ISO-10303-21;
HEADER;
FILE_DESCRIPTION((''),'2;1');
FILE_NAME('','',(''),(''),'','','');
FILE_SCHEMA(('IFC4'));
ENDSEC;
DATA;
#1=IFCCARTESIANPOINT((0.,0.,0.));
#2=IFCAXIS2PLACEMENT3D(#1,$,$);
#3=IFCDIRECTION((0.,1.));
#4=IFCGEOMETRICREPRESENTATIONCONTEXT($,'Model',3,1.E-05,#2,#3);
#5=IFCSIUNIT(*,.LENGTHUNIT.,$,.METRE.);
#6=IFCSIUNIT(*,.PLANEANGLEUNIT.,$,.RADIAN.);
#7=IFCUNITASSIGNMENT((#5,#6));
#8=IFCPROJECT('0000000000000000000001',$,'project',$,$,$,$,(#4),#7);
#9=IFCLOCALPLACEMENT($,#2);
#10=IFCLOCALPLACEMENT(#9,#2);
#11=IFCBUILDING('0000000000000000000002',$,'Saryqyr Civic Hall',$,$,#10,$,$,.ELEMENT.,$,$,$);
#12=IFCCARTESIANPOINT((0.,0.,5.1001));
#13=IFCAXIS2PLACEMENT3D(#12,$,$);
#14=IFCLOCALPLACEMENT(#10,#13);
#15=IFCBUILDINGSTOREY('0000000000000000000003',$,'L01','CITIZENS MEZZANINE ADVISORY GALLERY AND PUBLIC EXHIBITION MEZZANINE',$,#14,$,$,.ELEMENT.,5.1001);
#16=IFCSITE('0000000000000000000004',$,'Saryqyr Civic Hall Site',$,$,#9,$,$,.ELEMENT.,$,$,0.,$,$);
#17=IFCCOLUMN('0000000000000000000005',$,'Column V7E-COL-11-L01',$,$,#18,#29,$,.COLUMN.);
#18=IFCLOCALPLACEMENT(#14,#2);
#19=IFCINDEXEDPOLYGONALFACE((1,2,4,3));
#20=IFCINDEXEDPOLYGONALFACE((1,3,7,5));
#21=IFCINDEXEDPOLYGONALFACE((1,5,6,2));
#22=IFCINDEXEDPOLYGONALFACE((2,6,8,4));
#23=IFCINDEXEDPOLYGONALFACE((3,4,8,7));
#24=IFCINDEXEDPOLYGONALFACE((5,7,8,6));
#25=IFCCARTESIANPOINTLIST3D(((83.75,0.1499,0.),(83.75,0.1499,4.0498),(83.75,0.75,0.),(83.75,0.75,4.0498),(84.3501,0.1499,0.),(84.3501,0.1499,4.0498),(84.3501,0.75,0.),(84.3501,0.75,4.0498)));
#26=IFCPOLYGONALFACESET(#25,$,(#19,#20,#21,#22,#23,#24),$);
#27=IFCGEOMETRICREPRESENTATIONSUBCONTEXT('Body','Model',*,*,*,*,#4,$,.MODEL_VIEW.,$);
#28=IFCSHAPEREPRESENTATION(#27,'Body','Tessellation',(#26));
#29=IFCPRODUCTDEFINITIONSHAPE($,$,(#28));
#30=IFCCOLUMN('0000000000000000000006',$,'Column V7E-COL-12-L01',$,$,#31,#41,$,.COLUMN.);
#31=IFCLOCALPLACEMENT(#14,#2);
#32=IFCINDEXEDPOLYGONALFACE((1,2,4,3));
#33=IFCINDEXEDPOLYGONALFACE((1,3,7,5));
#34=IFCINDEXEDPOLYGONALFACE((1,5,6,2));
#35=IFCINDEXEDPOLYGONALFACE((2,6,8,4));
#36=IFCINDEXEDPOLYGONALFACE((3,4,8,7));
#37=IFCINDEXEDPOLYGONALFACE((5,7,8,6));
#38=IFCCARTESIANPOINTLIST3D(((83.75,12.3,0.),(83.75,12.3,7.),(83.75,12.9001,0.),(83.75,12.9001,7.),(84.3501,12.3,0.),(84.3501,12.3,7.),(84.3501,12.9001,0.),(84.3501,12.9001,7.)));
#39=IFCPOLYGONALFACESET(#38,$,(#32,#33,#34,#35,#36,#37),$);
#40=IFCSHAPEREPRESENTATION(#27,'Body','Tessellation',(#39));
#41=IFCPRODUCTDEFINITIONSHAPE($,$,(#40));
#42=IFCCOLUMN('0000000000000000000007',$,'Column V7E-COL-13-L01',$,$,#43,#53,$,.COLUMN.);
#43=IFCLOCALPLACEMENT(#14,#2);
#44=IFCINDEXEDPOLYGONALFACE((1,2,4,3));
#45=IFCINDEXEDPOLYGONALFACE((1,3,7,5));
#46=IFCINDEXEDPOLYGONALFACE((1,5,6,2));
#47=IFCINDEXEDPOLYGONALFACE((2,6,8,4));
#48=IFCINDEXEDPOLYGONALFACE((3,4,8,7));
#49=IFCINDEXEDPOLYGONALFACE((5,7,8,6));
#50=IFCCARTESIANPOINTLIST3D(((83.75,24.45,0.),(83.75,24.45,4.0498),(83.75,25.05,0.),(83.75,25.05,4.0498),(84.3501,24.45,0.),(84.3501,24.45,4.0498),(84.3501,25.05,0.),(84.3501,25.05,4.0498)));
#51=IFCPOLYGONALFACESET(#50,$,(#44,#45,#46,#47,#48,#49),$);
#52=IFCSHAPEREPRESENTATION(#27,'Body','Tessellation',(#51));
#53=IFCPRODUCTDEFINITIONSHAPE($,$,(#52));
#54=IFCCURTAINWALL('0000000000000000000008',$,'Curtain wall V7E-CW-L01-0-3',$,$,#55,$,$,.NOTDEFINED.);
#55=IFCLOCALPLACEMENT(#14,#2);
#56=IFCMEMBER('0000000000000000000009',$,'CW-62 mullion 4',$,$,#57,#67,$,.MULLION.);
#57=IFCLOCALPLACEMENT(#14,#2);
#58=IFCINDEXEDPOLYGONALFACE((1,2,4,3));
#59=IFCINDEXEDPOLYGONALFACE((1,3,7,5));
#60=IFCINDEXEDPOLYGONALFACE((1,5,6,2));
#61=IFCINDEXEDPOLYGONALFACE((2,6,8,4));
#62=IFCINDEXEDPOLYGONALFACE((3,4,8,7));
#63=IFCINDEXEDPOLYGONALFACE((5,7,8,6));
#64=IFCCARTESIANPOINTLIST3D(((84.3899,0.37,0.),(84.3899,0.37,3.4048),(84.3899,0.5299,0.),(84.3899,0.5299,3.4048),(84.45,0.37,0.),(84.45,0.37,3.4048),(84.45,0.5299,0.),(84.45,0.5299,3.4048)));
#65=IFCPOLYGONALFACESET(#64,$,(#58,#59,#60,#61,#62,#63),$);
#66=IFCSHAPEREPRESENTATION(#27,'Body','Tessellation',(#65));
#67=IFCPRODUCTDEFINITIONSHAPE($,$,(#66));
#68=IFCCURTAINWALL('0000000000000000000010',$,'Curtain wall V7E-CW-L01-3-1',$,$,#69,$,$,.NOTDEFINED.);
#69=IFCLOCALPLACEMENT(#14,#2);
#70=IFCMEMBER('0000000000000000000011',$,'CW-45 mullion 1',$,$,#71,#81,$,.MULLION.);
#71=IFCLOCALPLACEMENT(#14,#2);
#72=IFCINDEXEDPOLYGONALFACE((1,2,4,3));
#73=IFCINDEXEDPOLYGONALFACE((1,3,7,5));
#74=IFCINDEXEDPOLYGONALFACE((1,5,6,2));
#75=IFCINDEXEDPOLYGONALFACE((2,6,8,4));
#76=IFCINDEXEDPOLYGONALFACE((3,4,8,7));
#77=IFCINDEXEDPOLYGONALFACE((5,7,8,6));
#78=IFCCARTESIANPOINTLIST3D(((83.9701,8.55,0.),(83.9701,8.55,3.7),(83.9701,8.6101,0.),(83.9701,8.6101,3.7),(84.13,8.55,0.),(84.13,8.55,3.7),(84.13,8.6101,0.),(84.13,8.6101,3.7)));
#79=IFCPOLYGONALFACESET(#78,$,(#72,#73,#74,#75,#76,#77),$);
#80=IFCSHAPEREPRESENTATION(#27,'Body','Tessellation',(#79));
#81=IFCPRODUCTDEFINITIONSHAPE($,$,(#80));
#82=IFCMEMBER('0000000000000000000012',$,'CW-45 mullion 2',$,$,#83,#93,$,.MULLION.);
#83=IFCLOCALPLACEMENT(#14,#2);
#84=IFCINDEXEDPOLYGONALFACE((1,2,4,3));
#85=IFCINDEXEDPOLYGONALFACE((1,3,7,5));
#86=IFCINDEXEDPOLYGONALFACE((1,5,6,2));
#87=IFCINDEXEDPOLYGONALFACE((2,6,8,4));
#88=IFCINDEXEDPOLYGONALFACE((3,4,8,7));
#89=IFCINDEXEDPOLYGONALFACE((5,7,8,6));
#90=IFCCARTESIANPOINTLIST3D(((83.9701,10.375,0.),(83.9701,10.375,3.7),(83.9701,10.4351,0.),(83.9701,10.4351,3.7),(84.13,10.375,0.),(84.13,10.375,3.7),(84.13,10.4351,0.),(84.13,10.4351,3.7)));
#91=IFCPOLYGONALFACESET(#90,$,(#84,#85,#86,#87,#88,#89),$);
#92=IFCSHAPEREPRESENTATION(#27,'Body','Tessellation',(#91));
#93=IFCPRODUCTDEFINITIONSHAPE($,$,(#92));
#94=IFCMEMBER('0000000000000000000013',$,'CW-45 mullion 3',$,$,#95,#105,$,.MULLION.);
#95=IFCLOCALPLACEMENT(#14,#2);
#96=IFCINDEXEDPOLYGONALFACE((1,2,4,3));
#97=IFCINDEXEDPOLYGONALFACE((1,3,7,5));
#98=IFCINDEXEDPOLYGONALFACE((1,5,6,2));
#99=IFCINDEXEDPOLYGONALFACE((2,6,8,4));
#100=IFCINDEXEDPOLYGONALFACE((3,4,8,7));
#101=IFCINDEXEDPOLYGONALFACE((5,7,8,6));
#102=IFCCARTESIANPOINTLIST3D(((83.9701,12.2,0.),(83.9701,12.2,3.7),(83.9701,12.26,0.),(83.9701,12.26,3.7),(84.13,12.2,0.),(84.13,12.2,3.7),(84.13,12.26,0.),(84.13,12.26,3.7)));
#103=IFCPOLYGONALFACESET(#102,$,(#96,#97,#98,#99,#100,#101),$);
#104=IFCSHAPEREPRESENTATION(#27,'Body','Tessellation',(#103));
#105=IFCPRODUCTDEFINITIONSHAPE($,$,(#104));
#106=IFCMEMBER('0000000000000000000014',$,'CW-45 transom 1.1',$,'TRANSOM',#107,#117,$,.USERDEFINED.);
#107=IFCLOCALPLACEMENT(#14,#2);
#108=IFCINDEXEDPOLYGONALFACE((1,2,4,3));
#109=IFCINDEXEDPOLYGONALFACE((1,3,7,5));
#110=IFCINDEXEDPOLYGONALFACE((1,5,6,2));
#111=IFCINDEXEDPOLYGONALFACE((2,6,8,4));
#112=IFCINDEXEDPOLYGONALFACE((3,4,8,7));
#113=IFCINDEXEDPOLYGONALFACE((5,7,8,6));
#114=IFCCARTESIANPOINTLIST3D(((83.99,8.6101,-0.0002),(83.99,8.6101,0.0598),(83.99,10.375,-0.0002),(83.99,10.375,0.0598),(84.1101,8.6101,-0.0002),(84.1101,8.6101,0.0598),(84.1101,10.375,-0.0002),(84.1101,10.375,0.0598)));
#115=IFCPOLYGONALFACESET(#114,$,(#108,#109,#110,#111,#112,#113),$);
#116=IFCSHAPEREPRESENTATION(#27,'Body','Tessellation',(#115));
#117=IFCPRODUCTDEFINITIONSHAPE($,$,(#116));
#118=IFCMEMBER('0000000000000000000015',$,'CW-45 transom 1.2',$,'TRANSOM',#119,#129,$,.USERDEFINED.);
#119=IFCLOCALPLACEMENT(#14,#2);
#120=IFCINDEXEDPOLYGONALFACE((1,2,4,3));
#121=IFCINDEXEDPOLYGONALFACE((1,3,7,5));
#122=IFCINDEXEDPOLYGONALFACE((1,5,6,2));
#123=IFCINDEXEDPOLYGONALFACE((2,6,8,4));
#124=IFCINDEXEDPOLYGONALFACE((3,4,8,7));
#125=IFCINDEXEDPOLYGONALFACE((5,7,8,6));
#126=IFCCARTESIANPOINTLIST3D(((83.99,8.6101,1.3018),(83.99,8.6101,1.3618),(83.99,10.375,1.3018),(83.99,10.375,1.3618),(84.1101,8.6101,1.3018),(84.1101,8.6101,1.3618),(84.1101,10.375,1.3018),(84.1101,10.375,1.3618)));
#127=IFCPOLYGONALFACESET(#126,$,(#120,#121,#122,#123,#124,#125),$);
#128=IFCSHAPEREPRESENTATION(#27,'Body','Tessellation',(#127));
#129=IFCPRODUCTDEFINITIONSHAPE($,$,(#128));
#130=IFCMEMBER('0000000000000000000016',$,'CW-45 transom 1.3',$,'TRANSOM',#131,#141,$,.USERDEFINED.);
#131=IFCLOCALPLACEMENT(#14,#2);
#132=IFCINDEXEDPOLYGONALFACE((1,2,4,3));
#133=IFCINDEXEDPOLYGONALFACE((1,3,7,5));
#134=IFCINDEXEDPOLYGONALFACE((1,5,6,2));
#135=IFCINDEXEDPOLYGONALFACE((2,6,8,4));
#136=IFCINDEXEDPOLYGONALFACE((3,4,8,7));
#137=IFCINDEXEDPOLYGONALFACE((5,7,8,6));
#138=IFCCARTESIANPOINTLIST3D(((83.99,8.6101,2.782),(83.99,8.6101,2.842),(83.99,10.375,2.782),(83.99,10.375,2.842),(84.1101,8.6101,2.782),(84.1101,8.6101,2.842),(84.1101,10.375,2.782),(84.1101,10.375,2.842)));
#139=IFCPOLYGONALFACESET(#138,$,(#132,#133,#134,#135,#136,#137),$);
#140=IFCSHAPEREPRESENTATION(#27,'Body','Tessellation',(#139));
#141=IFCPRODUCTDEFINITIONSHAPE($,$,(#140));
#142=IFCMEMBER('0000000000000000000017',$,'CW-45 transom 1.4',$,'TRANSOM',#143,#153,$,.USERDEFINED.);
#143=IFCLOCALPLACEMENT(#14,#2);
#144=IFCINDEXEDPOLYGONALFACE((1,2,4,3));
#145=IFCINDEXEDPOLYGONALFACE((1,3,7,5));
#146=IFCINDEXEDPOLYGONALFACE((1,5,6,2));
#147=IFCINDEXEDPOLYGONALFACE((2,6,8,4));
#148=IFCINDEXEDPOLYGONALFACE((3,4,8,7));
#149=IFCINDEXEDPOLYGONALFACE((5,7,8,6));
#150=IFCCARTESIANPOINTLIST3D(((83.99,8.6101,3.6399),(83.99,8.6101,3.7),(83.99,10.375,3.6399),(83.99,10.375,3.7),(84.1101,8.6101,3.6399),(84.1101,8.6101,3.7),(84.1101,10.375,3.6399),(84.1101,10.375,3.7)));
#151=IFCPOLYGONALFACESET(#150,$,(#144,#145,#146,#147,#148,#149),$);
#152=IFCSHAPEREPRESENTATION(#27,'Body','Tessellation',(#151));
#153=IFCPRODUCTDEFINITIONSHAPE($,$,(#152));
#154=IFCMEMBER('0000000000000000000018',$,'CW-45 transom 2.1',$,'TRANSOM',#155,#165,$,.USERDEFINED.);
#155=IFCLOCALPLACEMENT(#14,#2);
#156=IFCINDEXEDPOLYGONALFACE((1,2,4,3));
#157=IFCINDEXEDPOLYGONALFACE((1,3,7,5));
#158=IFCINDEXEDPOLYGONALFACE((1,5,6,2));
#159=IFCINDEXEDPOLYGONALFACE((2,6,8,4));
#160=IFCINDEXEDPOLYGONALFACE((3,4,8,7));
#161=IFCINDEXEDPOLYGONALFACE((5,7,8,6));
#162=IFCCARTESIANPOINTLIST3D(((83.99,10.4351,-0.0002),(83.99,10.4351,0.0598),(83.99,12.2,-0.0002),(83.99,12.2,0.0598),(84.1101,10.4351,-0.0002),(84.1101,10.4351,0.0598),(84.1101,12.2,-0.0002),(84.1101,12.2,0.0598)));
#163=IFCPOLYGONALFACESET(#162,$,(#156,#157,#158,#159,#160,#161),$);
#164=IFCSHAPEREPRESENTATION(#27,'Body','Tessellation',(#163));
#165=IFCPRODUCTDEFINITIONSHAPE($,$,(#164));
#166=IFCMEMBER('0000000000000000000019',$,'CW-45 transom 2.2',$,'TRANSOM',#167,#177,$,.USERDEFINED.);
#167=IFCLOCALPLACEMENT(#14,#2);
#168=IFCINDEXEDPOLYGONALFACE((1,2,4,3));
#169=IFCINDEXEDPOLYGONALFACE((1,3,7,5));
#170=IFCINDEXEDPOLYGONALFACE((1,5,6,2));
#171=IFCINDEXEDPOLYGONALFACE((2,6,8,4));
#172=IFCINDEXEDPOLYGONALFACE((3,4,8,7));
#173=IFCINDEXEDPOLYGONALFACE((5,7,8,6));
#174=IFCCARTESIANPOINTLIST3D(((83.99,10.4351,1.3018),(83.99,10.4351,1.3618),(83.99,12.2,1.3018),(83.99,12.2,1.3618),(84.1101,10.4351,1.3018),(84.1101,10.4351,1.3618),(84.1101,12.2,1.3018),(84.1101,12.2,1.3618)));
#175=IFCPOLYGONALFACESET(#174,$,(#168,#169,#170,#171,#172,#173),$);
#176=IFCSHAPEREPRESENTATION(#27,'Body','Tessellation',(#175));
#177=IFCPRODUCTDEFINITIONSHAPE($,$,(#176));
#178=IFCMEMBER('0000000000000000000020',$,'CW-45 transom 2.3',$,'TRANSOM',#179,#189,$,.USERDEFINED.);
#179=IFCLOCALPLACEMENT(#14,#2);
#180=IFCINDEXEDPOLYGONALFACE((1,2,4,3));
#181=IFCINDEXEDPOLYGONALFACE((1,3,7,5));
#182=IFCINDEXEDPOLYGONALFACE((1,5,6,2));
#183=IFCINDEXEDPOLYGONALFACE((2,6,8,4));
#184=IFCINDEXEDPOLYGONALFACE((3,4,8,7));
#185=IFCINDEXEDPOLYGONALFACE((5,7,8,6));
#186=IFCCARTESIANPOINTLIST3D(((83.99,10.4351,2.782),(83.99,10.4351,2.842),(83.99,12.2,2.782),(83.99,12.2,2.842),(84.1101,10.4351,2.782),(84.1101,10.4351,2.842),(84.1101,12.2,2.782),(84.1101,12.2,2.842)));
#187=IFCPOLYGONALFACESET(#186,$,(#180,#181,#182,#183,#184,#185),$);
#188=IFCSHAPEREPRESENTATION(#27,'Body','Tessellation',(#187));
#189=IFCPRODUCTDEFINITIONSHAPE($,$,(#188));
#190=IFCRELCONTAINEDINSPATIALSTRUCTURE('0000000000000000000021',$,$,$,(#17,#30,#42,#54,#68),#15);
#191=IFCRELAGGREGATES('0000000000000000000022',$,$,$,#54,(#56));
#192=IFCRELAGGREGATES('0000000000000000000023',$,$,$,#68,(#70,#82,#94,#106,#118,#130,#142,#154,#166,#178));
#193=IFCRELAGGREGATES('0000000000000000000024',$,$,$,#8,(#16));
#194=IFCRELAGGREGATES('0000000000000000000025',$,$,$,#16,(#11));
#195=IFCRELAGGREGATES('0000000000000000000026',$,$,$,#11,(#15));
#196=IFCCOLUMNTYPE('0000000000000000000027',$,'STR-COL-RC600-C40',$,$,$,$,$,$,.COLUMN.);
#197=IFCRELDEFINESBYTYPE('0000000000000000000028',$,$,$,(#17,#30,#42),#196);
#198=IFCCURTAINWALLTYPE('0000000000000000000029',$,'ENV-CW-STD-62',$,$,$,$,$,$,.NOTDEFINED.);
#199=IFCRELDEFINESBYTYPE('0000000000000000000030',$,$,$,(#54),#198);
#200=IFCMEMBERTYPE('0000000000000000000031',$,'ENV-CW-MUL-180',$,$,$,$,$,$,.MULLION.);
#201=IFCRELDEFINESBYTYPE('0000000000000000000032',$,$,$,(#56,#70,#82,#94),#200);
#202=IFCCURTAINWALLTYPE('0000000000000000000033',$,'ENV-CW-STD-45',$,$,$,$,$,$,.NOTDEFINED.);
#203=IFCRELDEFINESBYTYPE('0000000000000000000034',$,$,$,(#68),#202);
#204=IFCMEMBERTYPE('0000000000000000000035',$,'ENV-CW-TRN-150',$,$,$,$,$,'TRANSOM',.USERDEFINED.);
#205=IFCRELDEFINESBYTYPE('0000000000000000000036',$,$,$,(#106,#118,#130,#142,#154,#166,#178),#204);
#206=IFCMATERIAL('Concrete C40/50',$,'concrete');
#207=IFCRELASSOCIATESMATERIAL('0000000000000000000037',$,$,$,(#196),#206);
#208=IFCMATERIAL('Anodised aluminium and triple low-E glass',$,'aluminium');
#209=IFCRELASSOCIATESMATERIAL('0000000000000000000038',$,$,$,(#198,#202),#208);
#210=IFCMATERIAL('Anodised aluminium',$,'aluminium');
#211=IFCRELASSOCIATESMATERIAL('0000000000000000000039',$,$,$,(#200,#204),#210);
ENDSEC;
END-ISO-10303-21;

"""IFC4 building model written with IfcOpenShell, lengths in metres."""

from ifc_helpers import new_model, si_unit, direction, frame, origin, origin_2d, place, context, subcontext, project, spatial, rectangle, extrude, material, material_profile, profile_set, type_object, element, aggregate, save


model = new_model("IFC4")

# Units and contexts
model_context = context("Model", 3, precision=1e-05, world=origin(), true_north=direction((0.0, 1.0)))
body_context = subcontext(model_context, "Body", "Model", "MODEL_VIEW")
ifc_project = project(units=[si_unit("LENGTHUNIT", "METRE"), si_unit("PLANEANGLEUNIT", "RADIAN")], contexts=[model_context])

# Site, building, storey
site_placement = place(None, origin())
site = spatial("IfcSite", under=ifc_project, at=site_placement, Name="Saryqyr Civic Hall Site", CompositionType="ELEMENT", RefElevation=0.0)
building_placement = place(site_placement, origin())
building = spatial("IfcBuilding", under=site, at=building_placement, Name="Saryqyr Civic Hall", CompositionType="ELEMENT")
storey_placement = place(building_placement, frame((0.0, 0.0, 5.1001)))
storey = spatial("IfcBuildingStorey", under=building, at=storey_placement, Name="L01", Description="CITIZENS MEZZANINE ADVISORY GALLERY AND PUBLIC EXHIBITION MEZZANINE", CompositionType="ELEMENT", Elevation=5.1001)

# Columns
ifc_material_1 = material(Name="Concrete C40/50", Category="concrete")
ifc_material_profile_1 = material_profile(ifc_material_1, rectangle(XDim=0.6001, YDim=0.6001, at=origin_2d()), Name="RC 600x600")
ifc_profile_set_1 = profile_set([ifc_material_profile_1], Name="Concrete C40/50")
column_type = type_object("IfcColumnType", Name="STR-COL-RC600-C40", PredefinedType="COLUMN", material=ifc_profile_set_1)
column_1_placement = place(storey_placement, frame((84.05, 0.45, 0.0), z_axis=(0.0, 0.0, 1.0), x_axis=(1.0, 0.0, 0.0)))
element("IfcColumn", 1, at=column_1_placement, inside=storey, type_object=column_type, Name="Column V7E-COL-11-L01", PredefinedType="COLUMN", context=body_context, shape_type="SweptSolid", body=[
    extrude(rectangle(XDim=0.6001, YDim=0.6001, at=origin_2d()), origin(), (0.0, 0.0, 1.0), 4.0498),
])
column_2_placement = place(storey_placement, frame((84.05, 12.6001, 0.0), z_axis=(0.0, 0.0, 1.0), x_axis=(1.0, 0.0, 0.0)))
element("IfcColumn", 2, at=column_2_placement, inside=storey, type_object=column_type, Name="Column V7E-COL-12-L01", PredefinedType="COLUMN", context=body_context, shape_type="SweptSolid", body=[
    extrude(rectangle(XDim=0.6001, YDim=0.6001, at=origin_2d()), origin(), (0.0, 0.0, 1.0), 7.0),
])
column_3_placement = place(storey_placement, frame((84.05, 24.75, 0.0), z_axis=(0.0, 0.0, 1.0), x_axis=(1.0, 0.0, 0.0)))
element("IfcColumn", 3, at=column_3_placement, inside=storey, type_object=column_type, Name="Column V7E-COL-13-L01", PredefinedType="COLUMN", context=body_context, shape_type="SweptSolid", body=[
    extrude(rectangle(XDim=0.6001, YDim=0.6001, at=origin_2d()), origin(), (0.0, 0.0, 1.0), 4.0498),
])

# Curtain wall, member
ifc_material_2 = material(Name="Anodised aluminium and triple low-E glass", Category="aluminium")
curtain_wall_type_1 = type_object("IfcCurtainWallType", Name="ENV-CW-STD-62", PredefinedType="NOTDEFINED", material=ifc_material_2)
curtain_wall_1_placement = place(storey_placement, origin())
curtain_wall_1 = element("IfcCurtainWall", 4, at=curtain_wall_1_placement, inside=storey, type_object=curtain_wall_type_1, Name="Curtain wall V7E-CW-L01-0-3", PredefinedType="NOTDEFINED")
ifc_material_3 = material(Name="Anodised aluminium", Category="aluminium")
ifc_material_profile_2 = material_profile(ifc_material_3, rectangle(XDim=0.0601, YDim=0.1599, at=origin_2d()), Name="ALU MULLION 60x160")
ifc_profile_set_2 = profile_set([ifc_material_profile_2], Name="Anodised aluminium")
member_type_1 = type_object("IfcMemberType", Name="ENV-CW-MUL-180", PredefinedType="MULLION", material=ifc_profile_set_2)
member_1_placement = place(storey_placement, frame((84.4199, 0.45, 0.0), z_axis=(0.0, 0.0, 1.0), x_axis=(-1.0, 0.0, 0.0)))
member_1 = element("IfcMember", 5, at=member_1_placement, type_object=member_type_1, Name="CW-62 mullion 4", PredefinedType="MULLION", context=body_context, shape_type="SweptSolid", body=[
    extrude(rectangle(XDim=0.0601, YDim=0.1599, at=origin_2d()), origin(), (0.0, 0.0, 1.0), 3.4048),
])

# Curtain wall, members
curtain_wall_type_2 = type_object("IfcCurtainWallType", Name="ENV-CW-STD-45", PredefinedType="NOTDEFINED", material=ifc_material_2)
curtain_wall_2_placement = place(storey_placement, origin())
curtain_wall_2 = element("IfcCurtainWall", 6, at=curtain_wall_2_placement, inside=storey, type_object=curtain_wall_type_2, Name="Curtain wall V7E-CW-L01-3-1", PredefinedType="NOTDEFINED")
member_2_placement = place(storey_placement, frame((84.05, 8.5801, 0.0), z_axis=(0.0, 0.0, 1.0), x_axis=(0.0, 1.0, 0.0)))
member_2 = element("IfcMember", 7, at=member_2_placement, type_object=member_type_1, Name="CW-45 mullion 1", PredefinedType="MULLION", context=body_context, shape_type="SweptSolid", body=[
    extrude(rectangle(XDim=0.0601, YDim=0.1599, at=origin_2d()), origin(), (0.0, 0.0, 1.0), 3.7),
])
member_3_placement = place(storey_placement, frame((84.05, 10.405, 0.0), z_axis=(0.0, 0.0, 1.0), x_axis=(0.0, 1.0, 0.0)))
member_3 = element("IfcMember", 8, at=member_3_placement, type_object=member_type_1, Name="CW-45 mullion 2", PredefinedType="MULLION", context=body_context, shape_type="SweptSolid", body=[
    extrude(rectangle(XDim=0.0601, YDim=0.1599, at=origin_2d()), origin(), (0.0, 0.0, 1.0), 3.7),
])
member_4_placement = place(storey_placement, frame((84.05, 12.23, 0.0), z_axis=(0.0, 0.0, 1.0), x_axis=(0.0, 1.0, 0.0)))
member_4 = element("IfcMember", 9, at=member_4_placement, type_object=member_type_1, Name="CW-45 mullion 3", PredefinedType="MULLION", context=body_context, shape_type="SweptSolid", body=[
    extrude(rectangle(XDim=0.0601, YDim=0.1599, at=origin_2d()), origin(), (0.0, 0.0, 1.0), 3.7),
])
ifc_material_profile_3 = material_profile(ifc_material_3, rectangle(XDim=0.1201, YDim=0.0601, at=origin_2d()), Name="ALU TRANSOM 120x60")
ifc_profile_set_3 = profile_set([ifc_material_profile_3], Name="Anodised aluminium")
member_type_2 = type_object("IfcMemberType", Name="ENV-CW-TRN-150", ElementType="TRANSOM", PredefinedType="USERDEFINED", material=ifc_profile_set_3)
member_5_placement = place(storey_placement, frame((84.05, 8.6101, 0.0298), z_axis=(0.0, 1.0, 0.0), x_axis=(-1.0, 0.0, 0.0)))
member_5 = element("IfcMember", 10, at=member_5_placement, type_object=member_type_2, Name="CW-45 transom 1.1", ObjectType="TRANSOM", PredefinedType="USERDEFINED", context=body_context, shape_type="SweptSolid", body=[
    extrude(rectangle(XDim=0.1201, YDim=0.0601, at=origin_2d()), origin(), (0.0, 0.0, 1.0), 1.7649),
])
member_6_placement = place(storey_placement, frame((84.05, 8.6101, 1.3318), z_axis=(0.0, 1.0, 0.0), x_axis=(-1.0, 0.0, 0.0)))
member_6 = element("IfcMember", 11, at=member_6_placement, type_object=member_type_2, Name="CW-45 transom 1.2", ObjectType="TRANSOM", PredefinedType="USERDEFINED", context=body_context, shape_type="SweptSolid", body=[
    extrude(rectangle(XDim=0.1201, YDim=0.0601, at=origin_2d()), origin(), (0.0, 0.0, 1.0), 1.7649),
])
member_7_placement = place(storey_placement, frame((84.05, 8.6101, 2.812), z_axis=(0.0, 1.0, 0.0), x_axis=(-1.0, 0.0, 0.0)))
member_7 = element("IfcMember", 12, at=member_7_placement, type_object=member_type_2, Name="CW-45 transom 1.3", ObjectType="TRANSOM", PredefinedType="USERDEFINED", context=body_context, shape_type="SweptSolid", body=[
    extrude(rectangle(XDim=0.1201, YDim=0.0601, at=origin_2d()), origin(), (0.0, 0.0, 1.0), 1.7649),
])
member_8_placement = place(storey_placement, frame((84.05, 8.6101, 3.6699), z_axis=(0.0, 1.0, 0.0), x_axis=(-1.0, 0.0, 0.0)))
member_8 = element("IfcMember", 13, at=member_8_placement, type_object=member_type_2, Name="CW-45 transom 1.4", ObjectType="TRANSOM", PredefinedType="USERDEFINED", context=body_context, shape_type="SweptSolid", body=[
    extrude(rectangle(XDim=0.1201, YDim=0.0601, at=origin_2d()), origin(), (0.0, 0.0, 1.0), 1.7649),
])
member_9_placement = place(storey_placement, frame((84.05, 10.4351, 0.0298), z_axis=(0.0, 1.0, 0.0), x_axis=(-1.0, 0.0, 0.0)))
member_9 = element("IfcMember", 14, at=member_9_placement, type_object=member_type_2, Name="CW-45 transom 2.1", ObjectType="TRANSOM", PredefinedType="USERDEFINED", context=body_context, shape_type="SweptSolid", body=[
    extrude(rectangle(XDim=0.1201, YDim=0.0601, at=origin_2d()), origin(), (0.0, 0.0, 1.0), 1.7649),
])
member_10_placement = place(storey_placement, frame((84.05, 10.4351, 1.3318), z_axis=(0.0, 1.0, 0.0), x_axis=(-1.0, 0.0, 0.0)))
member_10 = element("IfcMember", 15, at=member_10_placement, type_object=member_type_2, Name="CW-45 transom 2.2", ObjectType="TRANSOM", PredefinedType="USERDEFINED", context=body_context, shape_type="SweptSolid", body=[
    extrude(rectangle(XDim=0.1201, YDim=0.0601, at=origin_2d()), origin(), (0.0, 0.0, 1.0), 1.7649),
])
member_11_placement = place(storey_placement, frame((84.05, 10.4351, 2.812), z_axis=(0.0, 1.0, 0.0), x_axis=(-1.0, 0.0, 0.0)))
member_11 = element("IfcMember", 16, at=member_11_placement, type_object=member_type_2, Name="CW-45 transom 2.3", ObjectType="TRANSOM", PredefinedType="USERDEFINED", context=body_context, shape_type="SweptSolid", body=[
    extrude(rectangle(XDim=0.1201, YDim=0.0601, at=origin_2d()), origin(), (0.0, 0.0, 1.0), 1.7649),
])

aggregate(curtain_wall_1, [member_1])
aggregate(curtain_wall_2, [member_2, member_3, member_4, member_5, member_6, member_7, member_8, member_9, member_10, member_11])

save(model, "model.ifc")
